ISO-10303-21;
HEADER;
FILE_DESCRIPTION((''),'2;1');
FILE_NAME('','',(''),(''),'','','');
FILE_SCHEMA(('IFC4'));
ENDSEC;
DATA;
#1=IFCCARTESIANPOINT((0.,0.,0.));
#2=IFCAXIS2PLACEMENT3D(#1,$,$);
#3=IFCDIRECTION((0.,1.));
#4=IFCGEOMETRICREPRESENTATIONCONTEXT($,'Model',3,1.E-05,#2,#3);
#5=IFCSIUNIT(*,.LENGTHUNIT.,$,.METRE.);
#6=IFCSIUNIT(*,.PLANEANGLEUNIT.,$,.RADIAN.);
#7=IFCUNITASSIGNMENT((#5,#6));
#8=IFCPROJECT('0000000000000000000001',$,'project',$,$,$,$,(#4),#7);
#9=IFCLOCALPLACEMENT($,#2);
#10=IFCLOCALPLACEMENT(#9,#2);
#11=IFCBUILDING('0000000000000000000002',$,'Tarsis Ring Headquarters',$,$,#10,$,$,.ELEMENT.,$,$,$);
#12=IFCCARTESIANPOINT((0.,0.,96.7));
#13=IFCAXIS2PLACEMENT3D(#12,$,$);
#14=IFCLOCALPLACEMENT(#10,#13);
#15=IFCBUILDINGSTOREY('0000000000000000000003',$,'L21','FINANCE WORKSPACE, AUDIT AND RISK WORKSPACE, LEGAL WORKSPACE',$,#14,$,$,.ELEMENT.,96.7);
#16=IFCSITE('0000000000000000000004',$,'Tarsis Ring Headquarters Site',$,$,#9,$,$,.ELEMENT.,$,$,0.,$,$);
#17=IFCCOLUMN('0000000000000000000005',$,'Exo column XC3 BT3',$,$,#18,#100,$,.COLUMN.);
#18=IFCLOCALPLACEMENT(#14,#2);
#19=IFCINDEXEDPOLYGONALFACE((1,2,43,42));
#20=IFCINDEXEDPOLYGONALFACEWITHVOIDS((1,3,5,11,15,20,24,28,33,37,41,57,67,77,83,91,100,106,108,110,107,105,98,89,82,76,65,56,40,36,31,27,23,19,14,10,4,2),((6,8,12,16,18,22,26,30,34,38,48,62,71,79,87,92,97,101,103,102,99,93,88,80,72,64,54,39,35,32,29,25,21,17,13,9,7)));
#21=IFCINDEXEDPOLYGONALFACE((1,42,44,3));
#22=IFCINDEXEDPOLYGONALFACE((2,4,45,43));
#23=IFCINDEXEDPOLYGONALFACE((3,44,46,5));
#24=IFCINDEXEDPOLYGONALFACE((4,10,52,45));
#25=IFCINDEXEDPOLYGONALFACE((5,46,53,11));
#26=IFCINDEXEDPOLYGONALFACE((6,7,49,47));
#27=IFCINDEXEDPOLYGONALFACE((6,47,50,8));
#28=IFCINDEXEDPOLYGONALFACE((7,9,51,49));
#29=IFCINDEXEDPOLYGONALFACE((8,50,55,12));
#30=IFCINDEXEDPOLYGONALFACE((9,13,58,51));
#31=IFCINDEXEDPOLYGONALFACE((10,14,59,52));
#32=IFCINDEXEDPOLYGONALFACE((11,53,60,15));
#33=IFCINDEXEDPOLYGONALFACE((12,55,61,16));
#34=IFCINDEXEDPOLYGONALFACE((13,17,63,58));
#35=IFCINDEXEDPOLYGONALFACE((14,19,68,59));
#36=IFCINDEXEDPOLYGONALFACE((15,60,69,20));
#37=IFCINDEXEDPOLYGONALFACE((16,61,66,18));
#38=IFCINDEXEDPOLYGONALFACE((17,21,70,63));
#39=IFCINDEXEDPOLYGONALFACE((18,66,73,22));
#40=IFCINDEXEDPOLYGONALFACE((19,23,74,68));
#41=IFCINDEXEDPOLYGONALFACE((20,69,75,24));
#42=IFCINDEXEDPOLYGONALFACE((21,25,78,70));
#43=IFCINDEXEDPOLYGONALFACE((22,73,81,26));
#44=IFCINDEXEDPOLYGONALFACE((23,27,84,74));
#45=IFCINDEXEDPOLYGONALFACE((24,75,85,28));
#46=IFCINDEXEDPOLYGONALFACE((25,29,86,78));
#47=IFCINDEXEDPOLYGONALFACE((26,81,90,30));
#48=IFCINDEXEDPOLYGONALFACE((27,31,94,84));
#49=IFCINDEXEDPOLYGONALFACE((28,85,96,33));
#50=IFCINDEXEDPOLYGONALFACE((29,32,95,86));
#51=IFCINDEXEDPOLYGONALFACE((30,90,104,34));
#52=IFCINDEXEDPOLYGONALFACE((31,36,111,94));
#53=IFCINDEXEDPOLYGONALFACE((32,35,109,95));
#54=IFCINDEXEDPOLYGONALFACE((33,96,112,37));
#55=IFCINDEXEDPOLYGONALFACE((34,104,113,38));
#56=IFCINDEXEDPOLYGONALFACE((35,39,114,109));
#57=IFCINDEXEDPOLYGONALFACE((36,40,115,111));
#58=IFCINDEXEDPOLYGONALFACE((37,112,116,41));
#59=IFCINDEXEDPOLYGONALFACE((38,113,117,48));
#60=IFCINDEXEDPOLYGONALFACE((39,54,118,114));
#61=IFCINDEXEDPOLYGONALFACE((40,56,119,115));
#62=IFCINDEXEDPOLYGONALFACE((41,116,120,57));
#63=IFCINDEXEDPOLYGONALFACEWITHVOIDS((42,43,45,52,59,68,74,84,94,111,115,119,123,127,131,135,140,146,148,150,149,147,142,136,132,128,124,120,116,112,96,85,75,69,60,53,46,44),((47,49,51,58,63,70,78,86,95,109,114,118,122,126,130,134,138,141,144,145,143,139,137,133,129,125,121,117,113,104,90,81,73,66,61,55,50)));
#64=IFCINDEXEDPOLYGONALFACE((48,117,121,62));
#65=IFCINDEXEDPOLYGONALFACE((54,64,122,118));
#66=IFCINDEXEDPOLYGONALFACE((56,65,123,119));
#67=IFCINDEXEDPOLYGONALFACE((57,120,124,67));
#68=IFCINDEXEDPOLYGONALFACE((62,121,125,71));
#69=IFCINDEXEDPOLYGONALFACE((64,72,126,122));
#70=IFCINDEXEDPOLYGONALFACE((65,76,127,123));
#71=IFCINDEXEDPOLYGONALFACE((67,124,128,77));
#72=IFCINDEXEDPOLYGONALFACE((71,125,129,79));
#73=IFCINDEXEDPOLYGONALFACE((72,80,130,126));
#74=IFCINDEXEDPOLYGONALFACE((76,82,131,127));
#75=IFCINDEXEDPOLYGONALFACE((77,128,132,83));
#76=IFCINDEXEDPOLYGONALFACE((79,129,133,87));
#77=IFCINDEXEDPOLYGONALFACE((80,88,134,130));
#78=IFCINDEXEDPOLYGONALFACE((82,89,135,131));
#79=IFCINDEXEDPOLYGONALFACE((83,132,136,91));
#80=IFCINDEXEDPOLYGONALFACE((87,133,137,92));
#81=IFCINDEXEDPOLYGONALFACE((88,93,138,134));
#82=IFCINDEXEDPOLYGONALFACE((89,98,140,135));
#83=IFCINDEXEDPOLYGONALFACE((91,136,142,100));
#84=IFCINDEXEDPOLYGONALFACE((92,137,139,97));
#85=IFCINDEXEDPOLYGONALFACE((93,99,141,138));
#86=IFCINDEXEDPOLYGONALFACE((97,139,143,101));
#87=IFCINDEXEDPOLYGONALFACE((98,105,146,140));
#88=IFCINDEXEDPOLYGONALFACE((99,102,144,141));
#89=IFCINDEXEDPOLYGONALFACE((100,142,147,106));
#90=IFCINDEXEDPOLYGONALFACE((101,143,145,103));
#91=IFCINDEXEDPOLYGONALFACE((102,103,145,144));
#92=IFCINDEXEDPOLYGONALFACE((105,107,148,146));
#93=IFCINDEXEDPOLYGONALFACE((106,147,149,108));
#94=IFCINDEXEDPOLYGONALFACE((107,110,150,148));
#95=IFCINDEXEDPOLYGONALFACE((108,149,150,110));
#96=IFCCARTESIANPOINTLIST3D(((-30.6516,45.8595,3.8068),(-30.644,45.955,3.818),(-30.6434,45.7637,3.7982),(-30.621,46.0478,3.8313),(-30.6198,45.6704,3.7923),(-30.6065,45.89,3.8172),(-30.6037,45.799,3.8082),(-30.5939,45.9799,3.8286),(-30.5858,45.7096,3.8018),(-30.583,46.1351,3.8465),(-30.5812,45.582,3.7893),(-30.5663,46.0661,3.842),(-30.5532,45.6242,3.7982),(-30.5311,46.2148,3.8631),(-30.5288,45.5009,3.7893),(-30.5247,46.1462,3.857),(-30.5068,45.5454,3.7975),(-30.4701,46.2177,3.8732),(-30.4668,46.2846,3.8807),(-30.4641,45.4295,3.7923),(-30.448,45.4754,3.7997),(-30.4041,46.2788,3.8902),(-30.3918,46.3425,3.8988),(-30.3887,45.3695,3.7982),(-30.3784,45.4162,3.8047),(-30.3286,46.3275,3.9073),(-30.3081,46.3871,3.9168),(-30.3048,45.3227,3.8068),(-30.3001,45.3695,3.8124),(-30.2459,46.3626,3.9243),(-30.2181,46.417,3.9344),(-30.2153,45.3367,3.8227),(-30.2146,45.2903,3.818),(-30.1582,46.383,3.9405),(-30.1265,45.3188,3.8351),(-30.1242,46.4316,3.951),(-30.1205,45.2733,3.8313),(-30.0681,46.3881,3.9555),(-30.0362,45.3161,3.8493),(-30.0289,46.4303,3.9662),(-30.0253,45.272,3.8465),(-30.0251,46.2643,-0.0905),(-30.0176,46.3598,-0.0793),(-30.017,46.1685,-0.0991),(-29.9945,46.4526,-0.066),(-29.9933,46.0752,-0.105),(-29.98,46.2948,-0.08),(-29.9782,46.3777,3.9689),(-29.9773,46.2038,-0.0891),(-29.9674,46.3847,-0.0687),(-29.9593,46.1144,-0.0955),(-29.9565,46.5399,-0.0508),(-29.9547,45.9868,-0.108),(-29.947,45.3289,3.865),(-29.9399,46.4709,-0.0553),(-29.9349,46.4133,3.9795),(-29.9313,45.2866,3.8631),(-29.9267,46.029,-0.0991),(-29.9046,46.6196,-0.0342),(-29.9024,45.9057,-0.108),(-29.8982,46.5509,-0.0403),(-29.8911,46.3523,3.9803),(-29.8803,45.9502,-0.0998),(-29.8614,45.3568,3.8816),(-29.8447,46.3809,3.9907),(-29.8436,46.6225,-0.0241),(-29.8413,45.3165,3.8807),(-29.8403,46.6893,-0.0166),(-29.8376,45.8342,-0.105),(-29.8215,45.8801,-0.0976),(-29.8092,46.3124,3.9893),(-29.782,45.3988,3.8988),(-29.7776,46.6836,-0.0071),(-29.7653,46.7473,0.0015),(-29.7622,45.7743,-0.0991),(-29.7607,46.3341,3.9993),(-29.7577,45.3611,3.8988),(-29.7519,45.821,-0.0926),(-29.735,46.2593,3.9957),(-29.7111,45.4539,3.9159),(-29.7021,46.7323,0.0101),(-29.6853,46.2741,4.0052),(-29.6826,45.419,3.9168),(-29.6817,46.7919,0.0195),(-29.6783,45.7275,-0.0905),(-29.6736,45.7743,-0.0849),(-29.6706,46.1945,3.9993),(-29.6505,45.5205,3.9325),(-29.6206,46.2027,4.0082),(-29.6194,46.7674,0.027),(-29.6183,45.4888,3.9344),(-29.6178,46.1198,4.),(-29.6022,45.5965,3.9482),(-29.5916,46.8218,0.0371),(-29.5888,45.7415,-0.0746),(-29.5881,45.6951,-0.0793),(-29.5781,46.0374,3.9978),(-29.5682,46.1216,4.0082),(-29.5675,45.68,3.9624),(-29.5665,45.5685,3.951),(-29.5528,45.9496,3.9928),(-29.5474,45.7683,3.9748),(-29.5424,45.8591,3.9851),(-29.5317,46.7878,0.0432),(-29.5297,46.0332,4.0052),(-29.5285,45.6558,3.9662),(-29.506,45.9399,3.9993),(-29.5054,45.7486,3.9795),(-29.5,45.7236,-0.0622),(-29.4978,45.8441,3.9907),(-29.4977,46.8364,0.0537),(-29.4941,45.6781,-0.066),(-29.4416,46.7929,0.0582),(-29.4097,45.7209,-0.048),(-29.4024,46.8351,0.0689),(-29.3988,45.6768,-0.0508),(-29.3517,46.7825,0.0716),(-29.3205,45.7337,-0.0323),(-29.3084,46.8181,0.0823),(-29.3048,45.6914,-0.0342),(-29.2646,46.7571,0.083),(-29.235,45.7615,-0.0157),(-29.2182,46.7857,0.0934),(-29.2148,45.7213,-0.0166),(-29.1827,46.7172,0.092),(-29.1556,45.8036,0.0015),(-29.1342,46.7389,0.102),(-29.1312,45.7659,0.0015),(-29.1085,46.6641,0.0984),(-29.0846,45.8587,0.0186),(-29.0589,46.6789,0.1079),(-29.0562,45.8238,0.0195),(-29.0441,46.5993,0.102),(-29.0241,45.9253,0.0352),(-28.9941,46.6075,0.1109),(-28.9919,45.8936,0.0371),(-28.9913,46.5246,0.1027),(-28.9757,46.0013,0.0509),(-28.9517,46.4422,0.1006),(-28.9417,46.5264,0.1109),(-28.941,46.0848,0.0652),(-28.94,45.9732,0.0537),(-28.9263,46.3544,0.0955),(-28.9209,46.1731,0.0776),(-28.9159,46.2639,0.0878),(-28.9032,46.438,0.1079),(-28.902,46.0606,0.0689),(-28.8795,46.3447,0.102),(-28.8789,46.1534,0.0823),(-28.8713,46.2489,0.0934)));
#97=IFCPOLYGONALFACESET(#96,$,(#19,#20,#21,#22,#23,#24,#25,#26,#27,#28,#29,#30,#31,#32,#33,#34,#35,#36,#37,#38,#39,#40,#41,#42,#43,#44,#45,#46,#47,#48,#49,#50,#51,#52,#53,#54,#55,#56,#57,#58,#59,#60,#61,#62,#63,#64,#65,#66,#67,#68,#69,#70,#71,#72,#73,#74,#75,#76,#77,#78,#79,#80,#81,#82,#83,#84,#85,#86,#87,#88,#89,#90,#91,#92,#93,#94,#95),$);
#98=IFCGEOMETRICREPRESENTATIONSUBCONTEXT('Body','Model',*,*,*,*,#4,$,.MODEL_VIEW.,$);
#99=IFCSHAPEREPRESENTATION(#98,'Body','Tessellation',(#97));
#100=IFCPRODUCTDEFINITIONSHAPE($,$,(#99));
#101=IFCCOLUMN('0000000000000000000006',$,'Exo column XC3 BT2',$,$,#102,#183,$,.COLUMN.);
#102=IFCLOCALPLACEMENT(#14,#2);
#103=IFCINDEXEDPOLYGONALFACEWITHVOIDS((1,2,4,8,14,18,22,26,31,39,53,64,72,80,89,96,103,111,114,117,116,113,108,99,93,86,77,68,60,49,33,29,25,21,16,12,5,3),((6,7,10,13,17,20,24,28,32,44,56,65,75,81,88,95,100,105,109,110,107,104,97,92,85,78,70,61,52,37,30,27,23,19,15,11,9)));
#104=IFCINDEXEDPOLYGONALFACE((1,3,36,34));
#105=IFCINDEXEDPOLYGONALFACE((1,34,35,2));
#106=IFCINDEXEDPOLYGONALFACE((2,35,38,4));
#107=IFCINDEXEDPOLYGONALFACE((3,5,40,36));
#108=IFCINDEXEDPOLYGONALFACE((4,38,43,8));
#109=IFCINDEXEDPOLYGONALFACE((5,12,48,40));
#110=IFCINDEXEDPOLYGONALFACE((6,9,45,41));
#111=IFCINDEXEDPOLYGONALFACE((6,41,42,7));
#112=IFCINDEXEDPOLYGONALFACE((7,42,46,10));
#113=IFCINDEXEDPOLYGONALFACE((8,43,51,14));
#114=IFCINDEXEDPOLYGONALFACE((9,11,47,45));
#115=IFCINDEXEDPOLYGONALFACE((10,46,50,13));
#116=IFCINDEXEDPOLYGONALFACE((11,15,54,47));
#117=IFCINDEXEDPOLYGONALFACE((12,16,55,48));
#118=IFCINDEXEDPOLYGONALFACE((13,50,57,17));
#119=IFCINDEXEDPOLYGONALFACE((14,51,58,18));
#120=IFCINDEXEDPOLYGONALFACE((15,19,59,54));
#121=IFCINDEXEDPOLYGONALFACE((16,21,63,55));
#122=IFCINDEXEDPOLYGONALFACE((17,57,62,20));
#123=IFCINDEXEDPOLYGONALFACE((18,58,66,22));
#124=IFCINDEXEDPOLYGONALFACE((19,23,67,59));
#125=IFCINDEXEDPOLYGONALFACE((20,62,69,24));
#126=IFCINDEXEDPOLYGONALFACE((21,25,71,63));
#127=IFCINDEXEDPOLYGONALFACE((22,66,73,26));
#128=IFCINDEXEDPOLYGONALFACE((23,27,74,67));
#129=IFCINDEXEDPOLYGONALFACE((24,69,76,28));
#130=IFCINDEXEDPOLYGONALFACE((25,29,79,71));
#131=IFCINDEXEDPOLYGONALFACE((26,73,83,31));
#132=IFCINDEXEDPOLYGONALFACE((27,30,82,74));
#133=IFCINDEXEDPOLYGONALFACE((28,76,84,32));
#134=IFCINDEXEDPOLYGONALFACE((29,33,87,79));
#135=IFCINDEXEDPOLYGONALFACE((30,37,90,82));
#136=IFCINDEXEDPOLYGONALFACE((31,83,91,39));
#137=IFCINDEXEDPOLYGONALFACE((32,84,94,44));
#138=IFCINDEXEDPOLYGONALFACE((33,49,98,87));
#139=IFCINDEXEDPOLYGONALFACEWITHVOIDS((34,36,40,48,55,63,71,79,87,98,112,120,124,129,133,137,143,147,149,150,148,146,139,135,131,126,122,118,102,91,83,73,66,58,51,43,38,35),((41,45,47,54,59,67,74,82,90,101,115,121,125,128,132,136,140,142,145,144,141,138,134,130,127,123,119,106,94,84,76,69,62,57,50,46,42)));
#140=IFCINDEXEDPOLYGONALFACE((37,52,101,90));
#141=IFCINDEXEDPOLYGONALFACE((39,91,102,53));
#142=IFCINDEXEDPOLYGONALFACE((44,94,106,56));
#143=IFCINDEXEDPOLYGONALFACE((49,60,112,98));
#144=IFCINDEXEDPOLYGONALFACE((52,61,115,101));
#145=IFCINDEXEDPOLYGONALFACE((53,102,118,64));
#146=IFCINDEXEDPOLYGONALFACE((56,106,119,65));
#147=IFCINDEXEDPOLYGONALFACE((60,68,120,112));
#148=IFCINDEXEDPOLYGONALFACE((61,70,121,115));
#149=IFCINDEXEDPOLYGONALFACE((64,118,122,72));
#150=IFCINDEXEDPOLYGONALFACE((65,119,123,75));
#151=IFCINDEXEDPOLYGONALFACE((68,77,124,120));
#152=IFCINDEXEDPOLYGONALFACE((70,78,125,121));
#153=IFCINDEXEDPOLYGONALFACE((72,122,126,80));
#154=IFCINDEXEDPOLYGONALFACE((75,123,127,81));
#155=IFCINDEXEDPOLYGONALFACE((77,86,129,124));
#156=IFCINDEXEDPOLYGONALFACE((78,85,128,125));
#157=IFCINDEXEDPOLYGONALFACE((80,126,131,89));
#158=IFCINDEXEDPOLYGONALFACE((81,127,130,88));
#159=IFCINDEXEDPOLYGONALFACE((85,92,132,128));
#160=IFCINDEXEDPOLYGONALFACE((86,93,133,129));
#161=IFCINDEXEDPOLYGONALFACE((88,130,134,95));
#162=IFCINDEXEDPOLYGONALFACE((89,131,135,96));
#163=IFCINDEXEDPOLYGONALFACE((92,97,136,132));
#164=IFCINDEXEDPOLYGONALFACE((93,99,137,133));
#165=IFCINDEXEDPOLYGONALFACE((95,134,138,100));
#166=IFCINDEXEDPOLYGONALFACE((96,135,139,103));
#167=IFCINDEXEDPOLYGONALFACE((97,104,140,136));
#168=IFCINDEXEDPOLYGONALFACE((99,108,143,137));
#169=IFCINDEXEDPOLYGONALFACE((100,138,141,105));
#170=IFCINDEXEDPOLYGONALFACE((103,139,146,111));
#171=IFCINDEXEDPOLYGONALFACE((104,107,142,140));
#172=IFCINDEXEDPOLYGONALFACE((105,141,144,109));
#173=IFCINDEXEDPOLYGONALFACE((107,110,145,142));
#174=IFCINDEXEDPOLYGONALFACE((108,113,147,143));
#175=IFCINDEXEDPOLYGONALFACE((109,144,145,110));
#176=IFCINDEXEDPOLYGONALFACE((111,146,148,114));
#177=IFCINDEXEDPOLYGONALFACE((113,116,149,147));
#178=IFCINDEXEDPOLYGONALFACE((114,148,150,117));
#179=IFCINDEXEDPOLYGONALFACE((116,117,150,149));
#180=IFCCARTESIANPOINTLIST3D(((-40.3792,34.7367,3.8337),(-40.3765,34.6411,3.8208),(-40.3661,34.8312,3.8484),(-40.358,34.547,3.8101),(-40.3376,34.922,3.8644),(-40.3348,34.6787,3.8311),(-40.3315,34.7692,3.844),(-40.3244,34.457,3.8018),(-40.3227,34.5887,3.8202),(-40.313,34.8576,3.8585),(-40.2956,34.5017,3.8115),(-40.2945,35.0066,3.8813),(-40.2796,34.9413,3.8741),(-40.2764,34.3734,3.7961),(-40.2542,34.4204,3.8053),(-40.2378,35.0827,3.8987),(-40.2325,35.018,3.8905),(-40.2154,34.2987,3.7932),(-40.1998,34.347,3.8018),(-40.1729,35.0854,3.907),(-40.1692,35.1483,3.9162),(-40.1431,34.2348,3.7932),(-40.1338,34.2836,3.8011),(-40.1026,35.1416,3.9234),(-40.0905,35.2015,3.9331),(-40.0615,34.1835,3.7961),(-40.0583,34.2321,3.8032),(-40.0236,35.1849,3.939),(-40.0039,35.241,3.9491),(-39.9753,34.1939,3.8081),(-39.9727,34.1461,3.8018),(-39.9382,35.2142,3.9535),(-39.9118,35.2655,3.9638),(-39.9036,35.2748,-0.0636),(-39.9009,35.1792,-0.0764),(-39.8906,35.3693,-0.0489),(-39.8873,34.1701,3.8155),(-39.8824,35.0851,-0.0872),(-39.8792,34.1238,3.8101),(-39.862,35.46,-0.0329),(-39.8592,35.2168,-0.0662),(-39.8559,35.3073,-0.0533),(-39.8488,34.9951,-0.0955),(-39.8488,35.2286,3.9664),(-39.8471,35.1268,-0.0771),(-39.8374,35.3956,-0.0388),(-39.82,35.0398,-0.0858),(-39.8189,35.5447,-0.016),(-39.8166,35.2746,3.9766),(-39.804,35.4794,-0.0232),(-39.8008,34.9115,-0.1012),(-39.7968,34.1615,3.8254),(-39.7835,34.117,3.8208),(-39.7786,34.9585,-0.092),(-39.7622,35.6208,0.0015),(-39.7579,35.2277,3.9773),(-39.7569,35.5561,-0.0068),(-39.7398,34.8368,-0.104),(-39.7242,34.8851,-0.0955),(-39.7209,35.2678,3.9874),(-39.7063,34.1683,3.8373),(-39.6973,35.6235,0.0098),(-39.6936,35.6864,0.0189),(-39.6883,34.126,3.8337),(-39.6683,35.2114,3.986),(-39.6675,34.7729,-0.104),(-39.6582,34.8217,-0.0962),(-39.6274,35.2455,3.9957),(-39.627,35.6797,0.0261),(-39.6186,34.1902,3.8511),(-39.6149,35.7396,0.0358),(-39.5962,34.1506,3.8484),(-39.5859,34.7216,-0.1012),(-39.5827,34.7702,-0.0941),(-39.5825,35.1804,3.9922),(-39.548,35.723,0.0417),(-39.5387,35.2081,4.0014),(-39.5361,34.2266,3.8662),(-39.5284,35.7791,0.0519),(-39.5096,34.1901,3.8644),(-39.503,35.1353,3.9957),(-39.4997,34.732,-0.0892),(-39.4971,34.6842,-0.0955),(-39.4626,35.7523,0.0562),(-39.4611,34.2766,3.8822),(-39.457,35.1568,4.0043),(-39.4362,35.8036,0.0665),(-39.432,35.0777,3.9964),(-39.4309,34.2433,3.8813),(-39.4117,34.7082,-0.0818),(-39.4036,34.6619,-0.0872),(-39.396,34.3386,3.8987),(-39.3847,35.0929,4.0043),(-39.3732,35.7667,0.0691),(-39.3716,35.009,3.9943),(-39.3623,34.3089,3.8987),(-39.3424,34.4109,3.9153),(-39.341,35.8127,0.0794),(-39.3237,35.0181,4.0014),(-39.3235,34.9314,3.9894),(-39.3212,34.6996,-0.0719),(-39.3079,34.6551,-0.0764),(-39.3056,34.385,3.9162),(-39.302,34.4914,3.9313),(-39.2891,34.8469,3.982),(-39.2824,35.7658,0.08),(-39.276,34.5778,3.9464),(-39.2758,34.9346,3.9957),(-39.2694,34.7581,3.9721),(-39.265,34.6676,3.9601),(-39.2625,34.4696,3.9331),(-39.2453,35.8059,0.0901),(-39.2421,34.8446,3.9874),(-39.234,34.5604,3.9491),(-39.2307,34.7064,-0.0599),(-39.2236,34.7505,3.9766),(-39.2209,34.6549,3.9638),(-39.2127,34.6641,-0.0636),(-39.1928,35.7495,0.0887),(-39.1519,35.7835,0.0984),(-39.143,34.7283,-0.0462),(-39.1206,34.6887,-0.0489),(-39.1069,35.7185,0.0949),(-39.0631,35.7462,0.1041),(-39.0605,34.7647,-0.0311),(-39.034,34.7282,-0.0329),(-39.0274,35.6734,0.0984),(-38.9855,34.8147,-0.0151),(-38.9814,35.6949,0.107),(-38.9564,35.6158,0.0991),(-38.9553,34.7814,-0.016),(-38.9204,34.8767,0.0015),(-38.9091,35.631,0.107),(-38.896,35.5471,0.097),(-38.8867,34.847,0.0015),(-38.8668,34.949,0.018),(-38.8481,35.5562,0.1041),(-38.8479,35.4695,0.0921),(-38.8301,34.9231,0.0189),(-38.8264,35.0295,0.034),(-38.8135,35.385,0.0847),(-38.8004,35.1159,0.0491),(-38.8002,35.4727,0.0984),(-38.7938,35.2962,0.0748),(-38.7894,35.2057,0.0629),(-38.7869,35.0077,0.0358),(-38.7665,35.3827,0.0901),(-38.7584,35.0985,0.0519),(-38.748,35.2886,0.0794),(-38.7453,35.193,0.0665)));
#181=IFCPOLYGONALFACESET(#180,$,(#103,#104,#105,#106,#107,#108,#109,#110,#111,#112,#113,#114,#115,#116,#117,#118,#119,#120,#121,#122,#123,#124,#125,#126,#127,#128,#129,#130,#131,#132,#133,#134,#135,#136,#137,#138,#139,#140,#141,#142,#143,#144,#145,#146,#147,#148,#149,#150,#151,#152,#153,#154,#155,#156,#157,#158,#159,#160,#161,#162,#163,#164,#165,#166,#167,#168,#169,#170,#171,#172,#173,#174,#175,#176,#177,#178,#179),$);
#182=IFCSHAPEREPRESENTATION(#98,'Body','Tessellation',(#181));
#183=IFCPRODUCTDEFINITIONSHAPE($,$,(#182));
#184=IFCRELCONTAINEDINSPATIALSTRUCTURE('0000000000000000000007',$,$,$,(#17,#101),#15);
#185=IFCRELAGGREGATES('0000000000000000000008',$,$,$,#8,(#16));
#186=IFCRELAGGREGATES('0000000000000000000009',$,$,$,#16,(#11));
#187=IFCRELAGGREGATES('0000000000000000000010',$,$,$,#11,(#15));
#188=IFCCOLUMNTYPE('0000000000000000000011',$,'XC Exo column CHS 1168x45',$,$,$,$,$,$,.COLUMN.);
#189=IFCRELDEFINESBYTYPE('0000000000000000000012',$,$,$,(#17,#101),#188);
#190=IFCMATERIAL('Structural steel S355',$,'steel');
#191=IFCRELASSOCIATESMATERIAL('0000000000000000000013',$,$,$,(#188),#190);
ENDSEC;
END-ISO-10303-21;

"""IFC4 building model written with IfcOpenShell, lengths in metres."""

from ifc_helpers import new_model, si_unit, direction, frame, origin, origin_2d, place, context, subcontext, project, spatial, hollow_circle, extrude, material, material_profile, profile_set, type_object, element, save


model = new_model("IFC4")

# Units and contexts
model_context = context("Model", 3, precision=1e-05, world=origin(), true_north=direction((0.0, 1.0)))
body_context = subcontext(model_context, "Body", "Model", "MODEL_VIEW")
ifc_project = project(units=[si_unit("LENGTHUNIT", "METRE"), si_unit("PLANEANGLEUNIT", "RADIAN")], contexts=[model_context])

# Site, building, storey
site_placement = place(None, origin())
site = spatial("IfcSite", under=ifc_project, at=site_placement, Name="Tarsis Ring Headquarters Site", CompositionType="ELEMENT", RefElevation=0.0)
building_placement = place(site_placement, origin())
building = spatial("IfcBuilding", under=site, at=building_placement, Name="Tarsis Ring Headquarters", CompositionType="ELEMENT")
storey_placement = place(building_placement, frame((0.0, 0.0, 96.7)))
storey = spatial("IfcBuildingStorey", under=building, at=storey_placement, Name="L21", Description="FINANCE WORKSPACE, AUDIT AND RISK WORKSPACE, LEGAL WORKSPACE", CompositionType="ELEMENT", Elevation=96.7)

# Columns
ifc_material_1 = material(Name="Structural steel S355", Category="steel")
ifc_material_profile_1 = material_profile(ifc_material_1, hollow_circle(Radius=0.5842, WallThickness=0.0449, at=origin_2d()), Name="CHS 1168x45")
ifc_profile_set_1 = profile_set([ifc_material_profile_1], Name="Structural steel S355")
column_type = type_object("IfcColumnType", Name="XC Exo column CHS 1168x45", PredefinedType="COLUMN", material=ifc_profile_set_1)
column_1_placement = place(storey_placement, frame((-29.4482, 46.2566, 0.0015), z_axis=(-0.157881, -0.102014, 0.982174), x_axis=(0.542708, -0.839921, 0.0)))
element("IfcColumn", 1, at=column_1_placement, inside=storey, type_object=column_type, Name="Exo column XC3 BT3", PredefinedType="COLUMN", context=body_context, shape_type="SweptSolid", body=[
    extrude(hollow_circle(Radius=0.5842, WallThickness=0.0449, at=origin_2d()), origin(), (0.0, 0.0, 1.0), 3.968),
])
column_2_placement = place(storey_placement, frame((-39.3245, 35.2339, 0.0015), z_axis=(-0.120012, -0.135783, 0.983443), x_axis=(0.749282, -0.662251, 0.0)))
element("IfcColumn", 2, at=column_2_placement, inside=storey, type_object=column_type, Name="Exo column XC3 BT2", PredefinedType="COLUMN", context=body_context, shape_type="SweptSolid", body=[
    extrude(hollow_circle(Radius=0.5842, WallThickness=0.0449, at=origin_2d()), origin(), (0.0, 0.0, 1.0), 3.9629),
])

save(model, "model.ifc")
